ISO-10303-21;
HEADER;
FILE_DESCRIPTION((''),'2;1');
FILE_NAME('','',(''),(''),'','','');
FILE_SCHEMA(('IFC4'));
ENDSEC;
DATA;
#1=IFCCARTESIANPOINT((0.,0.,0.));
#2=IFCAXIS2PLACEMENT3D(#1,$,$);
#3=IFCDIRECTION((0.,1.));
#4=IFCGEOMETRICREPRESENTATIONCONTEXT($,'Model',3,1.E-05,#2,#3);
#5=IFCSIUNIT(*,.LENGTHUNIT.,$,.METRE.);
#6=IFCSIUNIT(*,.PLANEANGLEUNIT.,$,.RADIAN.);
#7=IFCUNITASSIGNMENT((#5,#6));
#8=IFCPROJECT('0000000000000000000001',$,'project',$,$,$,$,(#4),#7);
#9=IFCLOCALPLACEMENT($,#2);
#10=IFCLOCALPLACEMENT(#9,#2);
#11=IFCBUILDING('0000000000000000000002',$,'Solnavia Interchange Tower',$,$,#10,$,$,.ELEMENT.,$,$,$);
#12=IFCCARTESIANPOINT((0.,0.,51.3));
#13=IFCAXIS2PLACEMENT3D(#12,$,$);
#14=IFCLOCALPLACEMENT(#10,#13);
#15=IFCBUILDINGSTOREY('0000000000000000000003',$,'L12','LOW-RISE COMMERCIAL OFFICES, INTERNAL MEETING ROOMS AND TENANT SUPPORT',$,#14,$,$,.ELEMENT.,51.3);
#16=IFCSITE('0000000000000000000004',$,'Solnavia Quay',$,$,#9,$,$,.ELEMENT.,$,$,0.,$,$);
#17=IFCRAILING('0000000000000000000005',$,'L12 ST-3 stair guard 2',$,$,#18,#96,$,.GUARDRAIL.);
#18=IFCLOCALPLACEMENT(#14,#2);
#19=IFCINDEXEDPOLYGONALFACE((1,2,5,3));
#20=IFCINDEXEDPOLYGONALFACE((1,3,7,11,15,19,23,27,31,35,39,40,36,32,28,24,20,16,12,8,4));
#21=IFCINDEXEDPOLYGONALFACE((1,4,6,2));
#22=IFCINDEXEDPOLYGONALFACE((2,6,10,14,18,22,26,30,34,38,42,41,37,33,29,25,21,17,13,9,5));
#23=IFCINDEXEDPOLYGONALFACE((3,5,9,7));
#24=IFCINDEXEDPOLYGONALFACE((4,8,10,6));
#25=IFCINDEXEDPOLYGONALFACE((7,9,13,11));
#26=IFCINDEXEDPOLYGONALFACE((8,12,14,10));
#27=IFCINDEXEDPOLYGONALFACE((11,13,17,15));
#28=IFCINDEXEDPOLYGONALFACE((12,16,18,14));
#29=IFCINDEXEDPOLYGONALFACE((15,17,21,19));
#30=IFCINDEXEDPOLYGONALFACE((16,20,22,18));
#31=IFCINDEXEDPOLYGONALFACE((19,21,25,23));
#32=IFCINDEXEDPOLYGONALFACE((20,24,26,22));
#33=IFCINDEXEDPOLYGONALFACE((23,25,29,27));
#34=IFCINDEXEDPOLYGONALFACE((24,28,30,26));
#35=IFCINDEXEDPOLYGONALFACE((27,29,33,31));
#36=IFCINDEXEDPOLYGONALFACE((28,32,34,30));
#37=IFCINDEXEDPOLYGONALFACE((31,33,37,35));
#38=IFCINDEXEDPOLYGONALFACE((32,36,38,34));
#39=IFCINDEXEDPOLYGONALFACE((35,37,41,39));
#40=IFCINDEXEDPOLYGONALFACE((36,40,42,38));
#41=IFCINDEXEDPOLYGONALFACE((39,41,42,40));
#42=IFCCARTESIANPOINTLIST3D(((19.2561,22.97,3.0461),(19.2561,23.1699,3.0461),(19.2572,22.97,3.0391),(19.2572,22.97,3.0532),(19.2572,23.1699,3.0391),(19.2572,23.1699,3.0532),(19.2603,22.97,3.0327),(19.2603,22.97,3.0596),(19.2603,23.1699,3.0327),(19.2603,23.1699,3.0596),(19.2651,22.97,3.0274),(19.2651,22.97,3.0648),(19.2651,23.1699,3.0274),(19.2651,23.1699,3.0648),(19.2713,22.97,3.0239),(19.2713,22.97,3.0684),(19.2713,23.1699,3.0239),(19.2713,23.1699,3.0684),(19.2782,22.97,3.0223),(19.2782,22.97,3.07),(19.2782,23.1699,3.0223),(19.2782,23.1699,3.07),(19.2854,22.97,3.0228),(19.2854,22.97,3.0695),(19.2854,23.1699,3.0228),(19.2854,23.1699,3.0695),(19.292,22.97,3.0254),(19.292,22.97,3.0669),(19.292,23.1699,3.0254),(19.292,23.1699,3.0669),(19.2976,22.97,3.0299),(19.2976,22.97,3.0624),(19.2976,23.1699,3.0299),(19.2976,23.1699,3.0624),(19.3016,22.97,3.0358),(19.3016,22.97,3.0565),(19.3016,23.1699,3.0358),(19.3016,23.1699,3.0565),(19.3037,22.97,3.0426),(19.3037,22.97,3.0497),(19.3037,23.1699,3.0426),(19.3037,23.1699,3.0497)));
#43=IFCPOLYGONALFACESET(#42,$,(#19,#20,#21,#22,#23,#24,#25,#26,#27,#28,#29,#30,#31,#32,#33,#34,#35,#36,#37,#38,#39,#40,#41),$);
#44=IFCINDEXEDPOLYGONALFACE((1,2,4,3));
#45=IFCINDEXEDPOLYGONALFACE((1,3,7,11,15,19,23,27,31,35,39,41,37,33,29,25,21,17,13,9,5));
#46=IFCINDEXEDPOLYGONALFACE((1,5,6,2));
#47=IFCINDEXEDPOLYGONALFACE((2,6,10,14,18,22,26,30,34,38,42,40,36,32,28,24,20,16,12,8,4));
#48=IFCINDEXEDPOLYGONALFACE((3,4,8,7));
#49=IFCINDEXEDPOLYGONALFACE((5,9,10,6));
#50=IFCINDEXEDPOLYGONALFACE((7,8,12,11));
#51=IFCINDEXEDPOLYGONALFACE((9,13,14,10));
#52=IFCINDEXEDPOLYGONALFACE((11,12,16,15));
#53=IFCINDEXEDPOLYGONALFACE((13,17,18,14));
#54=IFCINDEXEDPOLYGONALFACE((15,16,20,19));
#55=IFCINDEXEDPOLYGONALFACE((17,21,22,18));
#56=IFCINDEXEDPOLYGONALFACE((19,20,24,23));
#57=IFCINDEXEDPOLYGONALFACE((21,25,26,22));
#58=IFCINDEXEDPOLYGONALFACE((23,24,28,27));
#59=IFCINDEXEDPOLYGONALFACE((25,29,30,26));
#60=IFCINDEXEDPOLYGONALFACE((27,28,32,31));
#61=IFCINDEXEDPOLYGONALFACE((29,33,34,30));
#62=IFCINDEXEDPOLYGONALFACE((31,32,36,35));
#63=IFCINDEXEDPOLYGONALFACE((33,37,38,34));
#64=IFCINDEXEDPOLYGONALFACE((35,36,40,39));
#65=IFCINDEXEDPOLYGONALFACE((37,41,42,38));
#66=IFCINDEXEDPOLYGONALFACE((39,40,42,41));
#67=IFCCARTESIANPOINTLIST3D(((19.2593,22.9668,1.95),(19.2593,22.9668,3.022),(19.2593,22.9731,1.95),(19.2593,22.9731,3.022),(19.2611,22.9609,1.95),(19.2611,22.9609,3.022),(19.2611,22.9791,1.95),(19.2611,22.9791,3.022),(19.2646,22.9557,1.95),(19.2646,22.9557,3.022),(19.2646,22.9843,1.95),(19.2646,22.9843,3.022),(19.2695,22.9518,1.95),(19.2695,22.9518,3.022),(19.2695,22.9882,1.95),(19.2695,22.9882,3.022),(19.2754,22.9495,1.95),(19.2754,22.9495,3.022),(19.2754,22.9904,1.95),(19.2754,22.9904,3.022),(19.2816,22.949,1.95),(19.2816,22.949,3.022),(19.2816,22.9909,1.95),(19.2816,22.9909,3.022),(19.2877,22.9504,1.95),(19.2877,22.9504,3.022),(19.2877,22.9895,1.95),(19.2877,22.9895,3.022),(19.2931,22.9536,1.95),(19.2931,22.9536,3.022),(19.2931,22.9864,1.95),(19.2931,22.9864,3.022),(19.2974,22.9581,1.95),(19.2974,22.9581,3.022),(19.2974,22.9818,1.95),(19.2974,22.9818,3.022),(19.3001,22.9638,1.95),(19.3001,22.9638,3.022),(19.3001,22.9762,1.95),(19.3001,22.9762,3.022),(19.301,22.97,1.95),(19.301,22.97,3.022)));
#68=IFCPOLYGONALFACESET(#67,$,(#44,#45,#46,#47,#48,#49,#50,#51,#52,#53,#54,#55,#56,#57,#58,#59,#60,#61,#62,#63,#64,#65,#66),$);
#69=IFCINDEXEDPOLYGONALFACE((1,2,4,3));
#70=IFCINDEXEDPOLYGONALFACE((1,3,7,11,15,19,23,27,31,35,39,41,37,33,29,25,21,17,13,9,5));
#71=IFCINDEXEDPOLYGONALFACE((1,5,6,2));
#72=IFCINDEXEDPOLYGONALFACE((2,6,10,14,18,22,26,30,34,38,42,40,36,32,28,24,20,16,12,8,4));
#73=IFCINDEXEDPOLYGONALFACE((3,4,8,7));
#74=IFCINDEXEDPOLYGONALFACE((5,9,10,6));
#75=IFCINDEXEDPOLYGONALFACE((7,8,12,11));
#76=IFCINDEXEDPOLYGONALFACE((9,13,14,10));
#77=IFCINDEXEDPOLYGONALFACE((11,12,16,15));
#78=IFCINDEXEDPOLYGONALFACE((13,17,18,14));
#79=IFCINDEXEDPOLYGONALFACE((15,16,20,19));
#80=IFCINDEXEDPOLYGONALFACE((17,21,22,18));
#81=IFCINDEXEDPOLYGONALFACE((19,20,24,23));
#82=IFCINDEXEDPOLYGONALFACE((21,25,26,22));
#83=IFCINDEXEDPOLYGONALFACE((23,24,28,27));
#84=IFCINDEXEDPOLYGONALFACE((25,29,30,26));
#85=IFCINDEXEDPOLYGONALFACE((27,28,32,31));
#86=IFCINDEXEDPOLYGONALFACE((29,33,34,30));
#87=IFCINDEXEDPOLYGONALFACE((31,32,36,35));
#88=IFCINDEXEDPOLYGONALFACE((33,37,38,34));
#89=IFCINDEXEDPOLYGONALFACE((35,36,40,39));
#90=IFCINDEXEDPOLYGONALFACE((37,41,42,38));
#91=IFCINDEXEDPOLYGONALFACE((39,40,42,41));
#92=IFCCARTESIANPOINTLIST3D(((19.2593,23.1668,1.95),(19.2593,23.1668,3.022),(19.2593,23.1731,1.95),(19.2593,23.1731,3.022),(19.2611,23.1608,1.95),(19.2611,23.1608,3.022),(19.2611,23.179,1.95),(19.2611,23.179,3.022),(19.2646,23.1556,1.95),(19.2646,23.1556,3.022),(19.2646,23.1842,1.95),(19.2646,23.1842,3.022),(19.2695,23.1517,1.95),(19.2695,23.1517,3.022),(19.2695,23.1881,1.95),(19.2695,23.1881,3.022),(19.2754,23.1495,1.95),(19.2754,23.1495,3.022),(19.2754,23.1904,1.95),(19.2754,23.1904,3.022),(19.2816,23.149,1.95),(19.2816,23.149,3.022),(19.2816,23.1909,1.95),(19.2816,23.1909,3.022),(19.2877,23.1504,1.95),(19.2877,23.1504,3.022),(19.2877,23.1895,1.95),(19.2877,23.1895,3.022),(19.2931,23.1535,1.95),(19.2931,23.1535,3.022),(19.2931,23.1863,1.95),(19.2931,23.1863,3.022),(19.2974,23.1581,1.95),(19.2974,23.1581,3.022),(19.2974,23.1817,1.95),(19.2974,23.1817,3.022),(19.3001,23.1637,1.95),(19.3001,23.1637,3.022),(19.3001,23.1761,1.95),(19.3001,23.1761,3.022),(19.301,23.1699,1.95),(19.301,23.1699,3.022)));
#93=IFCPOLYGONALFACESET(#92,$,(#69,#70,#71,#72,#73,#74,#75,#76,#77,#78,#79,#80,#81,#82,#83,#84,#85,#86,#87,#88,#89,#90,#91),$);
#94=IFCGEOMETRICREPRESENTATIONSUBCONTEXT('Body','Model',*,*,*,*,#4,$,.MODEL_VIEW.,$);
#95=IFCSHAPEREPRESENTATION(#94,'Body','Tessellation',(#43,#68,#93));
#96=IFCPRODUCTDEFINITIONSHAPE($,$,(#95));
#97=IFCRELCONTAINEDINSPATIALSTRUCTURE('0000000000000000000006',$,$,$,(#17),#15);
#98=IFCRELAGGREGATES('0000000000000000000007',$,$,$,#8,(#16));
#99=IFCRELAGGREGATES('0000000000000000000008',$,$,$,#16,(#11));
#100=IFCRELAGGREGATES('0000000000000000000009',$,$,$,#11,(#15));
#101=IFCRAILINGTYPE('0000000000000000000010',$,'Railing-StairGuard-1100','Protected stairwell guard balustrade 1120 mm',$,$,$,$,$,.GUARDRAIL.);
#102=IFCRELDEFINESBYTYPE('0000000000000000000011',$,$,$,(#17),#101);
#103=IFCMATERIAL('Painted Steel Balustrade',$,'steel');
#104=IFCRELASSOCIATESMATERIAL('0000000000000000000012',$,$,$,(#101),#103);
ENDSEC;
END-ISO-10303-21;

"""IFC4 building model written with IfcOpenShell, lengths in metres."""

from ifc_helpers import new_model, si_unit, direction, frame, origin, origin_2d, place, context, subcontext, project, spatial, circle, extrude, material, type_object, element, save


model = new_model("IFC4")

# Units and contexts
model_context = context("Model", 3, precision=1e-05, world=origin(), true_north=direction((0.0, 1.0)))
body_context = subcontext(model_context, "Body", "Model", "MODEL_VIEW")
ifc_project = project(units=[si_unit("LENGTHUNIT", "METRE"), si_unit("PLANEANGLEUNIT", "RADIAN")], contexts=[model_context])

# Site, building, storey
site_placement = place(None, origin())
site = spatial("IfcSite", under=ifc_project, at=site_placement, Name="Solnavia Quay", CompositionType="ELEMENT", RefElevation=0.0)
building_placement = place(site_placement, origin())
building = spatial("IfcBuilding", under=site, at=building_placement, Name="Solnavia Interchange Tower", CompositionType="ELEMENT")
storey_placement = place(building_placement, frame((0.0, 0.0, 51.3)))
storey = spatial("IfcBuildingStorey", under=building, at=storey_placement, Name="L12", Description="LOW-RISE COMMERCIAL OFFICES, INTERNAL MEETING ROOMS AND TENANT SUPPORT", CompositionType="ELEMENT", Elevation=51.3)

# Railing
ifc_material_1 = material(Name="Painted Steel Balustrade", Category="steel")
railing_type_1 = type_object("IfcRailingType", Name="Railing-StairGuard-1100", Description="Protected stairwell guard balustrade 1120 mm", PredefinedType="GUARDRAIL", material=ifc_material_1)
railing_1_placement = place(storey_placement, frame((19.28, 22.97, 1.95)))
element("IfcRailing", 1, at=railing_1_placement, inside=storey, type_object=railing_type_1, Name="L12 ST-3 stair guard 2", PredefinedType="GUARDRAIL", context=body_context, shape_type="SweptSolid", body=[
    extrude(circle(Radius=0.0239, at=origin_2d()), frame((0.0, 0.0, 1.0962), z_axis=(0.0, 1.0, 0.0), x_axis=(-1.0, 0.0, 0.0)), (0.0, 0.0, 1.0), 0.2),
    extrude(circle(Radius=0.021, at=origin_2d()), origin(), (0.0, 0.0, 1.0), 1.072),
    extrude(circle(Radius=0.021, at=origin_2d()), frame((0.0, 0.2, 0.0)), (0.0, 0.0, 1.0), 1.072),
])

save(model, "model.ifc")
